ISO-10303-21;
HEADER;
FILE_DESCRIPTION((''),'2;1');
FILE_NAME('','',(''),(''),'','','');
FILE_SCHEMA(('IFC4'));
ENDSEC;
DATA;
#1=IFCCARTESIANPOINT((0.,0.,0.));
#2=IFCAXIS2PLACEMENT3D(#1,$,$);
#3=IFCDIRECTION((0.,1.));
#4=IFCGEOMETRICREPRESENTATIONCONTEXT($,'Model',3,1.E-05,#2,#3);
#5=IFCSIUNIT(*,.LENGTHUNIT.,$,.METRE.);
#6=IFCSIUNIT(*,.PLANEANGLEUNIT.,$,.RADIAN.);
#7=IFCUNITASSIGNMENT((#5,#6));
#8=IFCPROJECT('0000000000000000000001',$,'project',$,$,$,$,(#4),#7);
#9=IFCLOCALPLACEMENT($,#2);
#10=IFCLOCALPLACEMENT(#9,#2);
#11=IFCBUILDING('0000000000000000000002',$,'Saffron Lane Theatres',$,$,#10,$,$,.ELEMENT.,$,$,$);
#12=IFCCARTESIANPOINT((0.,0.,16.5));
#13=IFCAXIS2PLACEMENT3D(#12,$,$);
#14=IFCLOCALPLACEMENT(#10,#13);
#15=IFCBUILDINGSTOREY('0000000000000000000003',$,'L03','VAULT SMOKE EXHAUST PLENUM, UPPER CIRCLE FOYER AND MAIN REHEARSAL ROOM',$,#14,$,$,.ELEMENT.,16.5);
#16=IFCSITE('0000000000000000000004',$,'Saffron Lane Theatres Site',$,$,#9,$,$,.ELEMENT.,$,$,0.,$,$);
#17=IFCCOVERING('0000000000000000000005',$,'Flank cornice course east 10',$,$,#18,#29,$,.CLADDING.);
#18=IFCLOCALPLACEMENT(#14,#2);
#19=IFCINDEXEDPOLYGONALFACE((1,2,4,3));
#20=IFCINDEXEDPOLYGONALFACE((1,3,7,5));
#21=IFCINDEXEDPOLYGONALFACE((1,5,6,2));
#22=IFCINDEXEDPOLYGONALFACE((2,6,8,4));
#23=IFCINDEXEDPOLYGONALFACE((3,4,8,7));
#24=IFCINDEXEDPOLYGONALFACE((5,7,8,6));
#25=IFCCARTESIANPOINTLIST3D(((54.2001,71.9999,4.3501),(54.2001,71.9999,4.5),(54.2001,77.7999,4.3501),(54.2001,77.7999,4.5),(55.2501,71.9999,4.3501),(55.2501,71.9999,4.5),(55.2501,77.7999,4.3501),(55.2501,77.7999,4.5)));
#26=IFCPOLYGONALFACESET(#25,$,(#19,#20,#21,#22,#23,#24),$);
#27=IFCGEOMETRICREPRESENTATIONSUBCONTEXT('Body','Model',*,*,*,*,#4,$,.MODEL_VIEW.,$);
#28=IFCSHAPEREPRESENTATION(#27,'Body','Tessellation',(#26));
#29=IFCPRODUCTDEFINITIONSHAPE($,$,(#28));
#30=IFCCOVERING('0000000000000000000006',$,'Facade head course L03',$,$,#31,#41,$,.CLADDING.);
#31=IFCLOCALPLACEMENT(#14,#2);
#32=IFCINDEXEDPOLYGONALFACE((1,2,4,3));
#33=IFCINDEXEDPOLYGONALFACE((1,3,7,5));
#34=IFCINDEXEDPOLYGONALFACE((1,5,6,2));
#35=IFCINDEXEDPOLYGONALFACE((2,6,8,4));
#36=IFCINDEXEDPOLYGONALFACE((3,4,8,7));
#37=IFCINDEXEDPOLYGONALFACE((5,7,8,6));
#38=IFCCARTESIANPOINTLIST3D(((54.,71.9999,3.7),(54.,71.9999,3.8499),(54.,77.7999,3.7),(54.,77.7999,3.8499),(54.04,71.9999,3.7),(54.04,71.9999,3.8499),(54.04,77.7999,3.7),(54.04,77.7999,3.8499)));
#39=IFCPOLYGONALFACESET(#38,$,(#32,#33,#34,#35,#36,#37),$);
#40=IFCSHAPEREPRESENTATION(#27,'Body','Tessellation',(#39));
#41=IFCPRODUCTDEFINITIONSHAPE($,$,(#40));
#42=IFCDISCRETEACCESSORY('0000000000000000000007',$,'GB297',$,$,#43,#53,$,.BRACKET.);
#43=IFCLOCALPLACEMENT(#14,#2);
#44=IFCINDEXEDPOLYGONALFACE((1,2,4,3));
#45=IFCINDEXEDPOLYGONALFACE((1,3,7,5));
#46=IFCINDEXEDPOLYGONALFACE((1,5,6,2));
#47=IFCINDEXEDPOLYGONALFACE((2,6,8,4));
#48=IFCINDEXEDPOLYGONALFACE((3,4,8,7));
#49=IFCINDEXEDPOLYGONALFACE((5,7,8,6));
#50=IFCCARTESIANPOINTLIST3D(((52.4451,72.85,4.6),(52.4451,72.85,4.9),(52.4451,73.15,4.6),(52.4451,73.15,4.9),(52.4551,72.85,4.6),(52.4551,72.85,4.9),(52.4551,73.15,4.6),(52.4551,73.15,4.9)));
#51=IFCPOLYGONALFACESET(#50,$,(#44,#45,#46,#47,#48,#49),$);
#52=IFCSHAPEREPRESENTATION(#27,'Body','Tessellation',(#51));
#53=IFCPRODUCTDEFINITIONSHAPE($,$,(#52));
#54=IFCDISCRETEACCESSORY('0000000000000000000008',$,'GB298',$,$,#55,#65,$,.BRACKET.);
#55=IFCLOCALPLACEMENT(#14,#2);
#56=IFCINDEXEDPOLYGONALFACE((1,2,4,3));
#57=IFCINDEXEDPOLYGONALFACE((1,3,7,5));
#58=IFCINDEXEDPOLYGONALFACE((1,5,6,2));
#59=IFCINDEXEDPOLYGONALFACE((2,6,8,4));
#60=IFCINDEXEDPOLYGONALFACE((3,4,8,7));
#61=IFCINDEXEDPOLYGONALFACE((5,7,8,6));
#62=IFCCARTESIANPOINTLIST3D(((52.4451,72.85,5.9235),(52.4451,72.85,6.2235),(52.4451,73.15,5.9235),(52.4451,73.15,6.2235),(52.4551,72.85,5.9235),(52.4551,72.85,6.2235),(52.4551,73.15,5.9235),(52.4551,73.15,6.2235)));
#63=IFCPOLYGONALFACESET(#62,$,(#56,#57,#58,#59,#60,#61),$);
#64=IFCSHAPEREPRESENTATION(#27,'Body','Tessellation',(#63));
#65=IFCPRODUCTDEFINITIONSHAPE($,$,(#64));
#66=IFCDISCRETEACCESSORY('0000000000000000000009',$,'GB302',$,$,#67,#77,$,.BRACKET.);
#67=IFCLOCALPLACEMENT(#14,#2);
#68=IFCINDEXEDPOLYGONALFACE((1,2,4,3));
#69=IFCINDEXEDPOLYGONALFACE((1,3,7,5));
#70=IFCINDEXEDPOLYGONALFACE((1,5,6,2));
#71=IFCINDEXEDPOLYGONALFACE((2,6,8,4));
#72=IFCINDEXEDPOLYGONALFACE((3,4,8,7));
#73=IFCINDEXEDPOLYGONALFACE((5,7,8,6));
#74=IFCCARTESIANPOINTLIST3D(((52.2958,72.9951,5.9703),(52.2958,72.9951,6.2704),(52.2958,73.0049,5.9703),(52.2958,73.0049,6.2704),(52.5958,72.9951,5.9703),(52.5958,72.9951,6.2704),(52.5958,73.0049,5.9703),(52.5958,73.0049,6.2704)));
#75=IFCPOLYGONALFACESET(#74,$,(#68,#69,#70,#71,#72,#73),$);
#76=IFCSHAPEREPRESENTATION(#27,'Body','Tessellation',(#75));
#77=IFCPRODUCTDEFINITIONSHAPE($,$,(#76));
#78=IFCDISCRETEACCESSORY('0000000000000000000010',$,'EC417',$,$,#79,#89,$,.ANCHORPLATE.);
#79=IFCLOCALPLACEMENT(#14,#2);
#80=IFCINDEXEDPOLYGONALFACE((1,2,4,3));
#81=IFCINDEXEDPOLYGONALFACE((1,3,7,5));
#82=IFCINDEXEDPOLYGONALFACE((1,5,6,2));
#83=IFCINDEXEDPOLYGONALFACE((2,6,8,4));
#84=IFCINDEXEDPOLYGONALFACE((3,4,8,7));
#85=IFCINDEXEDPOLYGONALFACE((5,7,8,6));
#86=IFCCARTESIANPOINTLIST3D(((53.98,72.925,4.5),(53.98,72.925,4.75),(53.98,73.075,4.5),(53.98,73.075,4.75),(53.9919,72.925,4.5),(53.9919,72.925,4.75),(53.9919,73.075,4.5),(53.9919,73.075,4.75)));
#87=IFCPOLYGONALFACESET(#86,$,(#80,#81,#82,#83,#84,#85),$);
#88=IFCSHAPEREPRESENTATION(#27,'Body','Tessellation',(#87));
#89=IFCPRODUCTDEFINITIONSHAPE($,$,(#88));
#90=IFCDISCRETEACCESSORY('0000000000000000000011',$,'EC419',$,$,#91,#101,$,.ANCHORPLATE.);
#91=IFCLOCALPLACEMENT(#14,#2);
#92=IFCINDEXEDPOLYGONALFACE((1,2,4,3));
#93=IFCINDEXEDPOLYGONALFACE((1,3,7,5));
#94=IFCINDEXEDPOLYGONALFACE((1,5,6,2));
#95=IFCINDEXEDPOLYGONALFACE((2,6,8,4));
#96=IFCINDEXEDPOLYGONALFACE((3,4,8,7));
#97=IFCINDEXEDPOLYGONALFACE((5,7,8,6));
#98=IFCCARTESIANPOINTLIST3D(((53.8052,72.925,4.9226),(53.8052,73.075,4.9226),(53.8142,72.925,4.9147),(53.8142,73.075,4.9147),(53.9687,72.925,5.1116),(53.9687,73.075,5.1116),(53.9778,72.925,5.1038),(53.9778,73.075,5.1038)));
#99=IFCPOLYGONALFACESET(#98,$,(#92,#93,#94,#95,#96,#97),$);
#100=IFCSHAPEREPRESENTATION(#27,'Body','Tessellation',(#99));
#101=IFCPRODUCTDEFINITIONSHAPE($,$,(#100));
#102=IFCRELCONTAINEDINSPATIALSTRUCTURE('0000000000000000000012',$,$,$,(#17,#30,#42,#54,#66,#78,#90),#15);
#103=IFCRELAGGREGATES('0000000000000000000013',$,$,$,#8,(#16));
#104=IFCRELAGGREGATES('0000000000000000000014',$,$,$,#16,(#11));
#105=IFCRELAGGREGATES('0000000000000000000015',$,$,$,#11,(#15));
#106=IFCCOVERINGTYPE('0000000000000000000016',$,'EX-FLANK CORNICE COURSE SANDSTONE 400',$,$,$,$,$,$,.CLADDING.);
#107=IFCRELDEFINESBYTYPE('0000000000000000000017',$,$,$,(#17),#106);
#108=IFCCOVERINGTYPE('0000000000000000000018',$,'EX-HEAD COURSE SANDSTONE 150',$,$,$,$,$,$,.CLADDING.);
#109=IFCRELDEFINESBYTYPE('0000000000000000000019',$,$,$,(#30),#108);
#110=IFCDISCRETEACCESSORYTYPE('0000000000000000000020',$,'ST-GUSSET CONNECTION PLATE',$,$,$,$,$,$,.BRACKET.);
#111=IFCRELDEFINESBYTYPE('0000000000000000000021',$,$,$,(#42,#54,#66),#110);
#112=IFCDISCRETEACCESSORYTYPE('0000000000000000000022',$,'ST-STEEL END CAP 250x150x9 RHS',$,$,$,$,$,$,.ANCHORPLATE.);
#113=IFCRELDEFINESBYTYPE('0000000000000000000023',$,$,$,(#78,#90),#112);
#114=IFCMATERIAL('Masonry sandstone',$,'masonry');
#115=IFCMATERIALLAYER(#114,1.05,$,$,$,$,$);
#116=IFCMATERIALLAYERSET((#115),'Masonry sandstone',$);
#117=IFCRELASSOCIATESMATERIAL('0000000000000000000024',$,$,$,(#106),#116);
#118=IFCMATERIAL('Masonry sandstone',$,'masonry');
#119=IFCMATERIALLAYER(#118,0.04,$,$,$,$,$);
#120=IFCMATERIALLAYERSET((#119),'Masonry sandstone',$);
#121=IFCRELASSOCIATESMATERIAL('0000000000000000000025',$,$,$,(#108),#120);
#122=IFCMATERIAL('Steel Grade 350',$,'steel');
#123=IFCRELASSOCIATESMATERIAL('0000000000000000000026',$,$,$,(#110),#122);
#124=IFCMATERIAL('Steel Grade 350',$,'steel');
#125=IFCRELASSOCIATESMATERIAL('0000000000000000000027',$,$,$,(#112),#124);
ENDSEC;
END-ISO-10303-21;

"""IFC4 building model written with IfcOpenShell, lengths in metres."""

from ifc_helpers import new_model, si_unit, direction, frame, origin, origin_2d, place, context, subcontext, project, spatial, rectangle, extrude, material, layer, layer_set, material_profile, profile_set, type_object, element, save


model = new_model("IFC4")

# Units and contexts
model_context = context("Model", 3, precision=1e-05, world=origin(), true_north=direction((0.0, 1.0)))
body_context = subcontext(model_context, "Body", "Model", "MODEL_VIEW")
ifc_project = project(units=[si_unit("LENGTHUNIT", "METRE"), si_unit("PLANEANGLEUNIT", "RADIAN")], contexts=[model_context])

# Site, building, storey
site_placement = place(None, origin())
site = spatial("IfcSite", under=ifc_project, at=site_placement, Name="Saffron Lane Theatres Site", CompositionType="ELEMENT", RefElevation=0.0)
building_placement = place(site_placement, origin())
building = spatial("IfcBuilding", under=site, at=building_placement, Name="Saffron Lane Theatres", CompositionType="ELEMENT")
storey_placement = place(building_placement, frame((0.0, 0.0, 16.5)))
storey = spatial("IfcBuildingStorey", under=building, at=storey_placement, Name="L03", Description="VAULT SMOKE EXHAUST PLENUM, UPPER CIRCLE FOYER AND MAIN REHEARSAL ROOM", CompositionType="ELEMENT", Elevation=16.5)

# Coverings
ifc_material_1 = material(Name="Masonry sandstone", Category="masonry")
ifc_layer_1 = layer(ifc_material_1, 1.05)
ifc_layer_set_1 = layer_set([ifc_layer_1], Name="Masonry sandstone")
covering_type_1 = type_object("IfcCoveringType", Name="EX-FLANK CORNICE COURSE SANDSTONE 400", PredefinedType="CLADDING", material=ifc_layer_set_1)
covering_1_placement = place(storey_placement, frame((54.7251, 74.8999, 4.3501), z_axis=(0.0, 0.0, 1.0), x_axis=(0.0, 1.0, 0.0)))
element("IfcCovering", 1, at=covering_1_placement, inside=storey, type_object=covering_type_1, Name="Flank cornice course east 10", PredefinedType="CLADDING", context=body_context, shape_type="SweptSolid", body=[
    extrude(rectangle(XDim=5.8, YDim=1.05, at=origin_2d()), origin(), (0.0, 0.0, 1.0), 0.1499),
])
ifc_material_2 = material(Name="Masonry sandstone", Category="masonry")
ifc_layer_2 = layer(ifc_material_2, 0.04)
ifc_layer_set_2 = layer_set([ifc_layer_2], Name="Masonry sandstone")
covering_type_2 = type_object("IfcCoveringType", Name="EX-HEAD COURSE SANDSTONE 150", PredefinedType="CLADDING", material=ifc_layer_set_2)
covering_2_placement = place(storey_placement, frame((54.02, 74.8999, 3.7), z_axis=(0.0, 0.0, 1.0), x_axis=(0.0, -1.0, 0.0)))
element("IfcCovering", 2, at=covering_2_placement, inside=storey, type_object=covering_type_2, Name="Facade head course L03", PredefinedType="CLADDING", context=body_context, shape_type="SweptSolid", body=[
    extrude(rectangle(XDim=5.8, YDim=0.04, at=origin_2d()), origin(), (0.0, 0.0, 1.0), 0.1499),
])

# Discrete accessories
ifc_material_3 = material(Name="Steel Grade 350", Category="steel")
ifc_material_profile_1 = material_profile(ifc_material_3, rectangle(XDim=0.3, YDim=0.3, at=origin_2d()))
ifc_profile_set_1 = profile_set([ifc_material_profile_1], Name="Steel Grade 350")
discrete_accessory_type_1 = type_object("IfcDiscreteAccessoryType", Name="ST-GUSSET CONNECTION PLATE", PredefinedType="BRACKET", material=ifc_profile_set_1)
for number, where, z_axis, x_axis, name in (
    (3, (52.4451, 73.0, 4.75), (1.0, 0.0, 0.0), (0.0, 1.0, 0.0), "GB297"),
    (4, (52.4451, 73.0, 6.0735), (1.0, 0.0, 0.0), (0.0, 1.0, 0.0), "GB298"),
):
    element("IfcDiscreteAccessory", number, at=place(storey_placement, frame(where, z_axis=z_axis, x_axis=x_axis)), inside=storey, type_object=discrete_accessory_type_1, Name=name, PredefinedType="BRACKET", context=body_context, shape_type="SweptSolid", body=[
        extrude(rectangle(XDim=0.3, YDim=0.3, at=origin_2d()), origin(), (0.0, 0.0, 1.0), 0.01),
    ])
discrete_accessory_placement = place(storey_placement, frame((52.4458, 72.9951, 6.1204), z_axis=(0.0, 1.0, 0.0), x_axis=(-1.0, 0.0, 0.0)))
element("IfcDiscreteAccessory", 5, at=discrete_accessory_placement, inside=storey, type_object=discrete_accessory_type_1, Name="GB302", PredefinedType="BRACKET", context=body_context, shape_type="SweptSolid", body=[
    extrude(rectangle(XDim=0.3, YDim=0.3, at=origin_2d()), origin(), (0.0, 0.0, 1.0), 0.0098),
])
ifc_material_4 = material(Name="Steel Grade 350", Category="steel")
ifc_material_profile_2 = material_profile(ifc_material_4, rectangle(XDim=0.1499, YDim=0.25, at=origin_2d()))
ifc_profile_set_2 = profile_set([ifc_material_profile_2], Name="Steel Grade 350")
discrete_accessory_type_2 = type_object("IfcDiscreteAccessoryType", Name="ST-STEEL END CAP 250x150x9 RHS", PredefinedType="ANCHORPLATE", material=ifc_profile_set_2)
for number, where, z_axis, x_axis, name in (
    (6, (53.9919, 73.0, 4.625), (-1.0, 0.0, 0.0), (0.0, -1.0, 0.0), "EC417"),
    (7, (53.896, 73.0, 5.0093), (-0.756363, 0.0, 0.654152), (0.0, -1.0, 0.0), "EC419"),
):
    element("IfcDiscreteAccessory", number, at=place(storey_placement, frame(where, z_axis=z_axis, x_axis=x_axis)), inside=storey, type_object=discrete_accessory_type_2, Name=name, PredefinedType="ANCHORPLATE", context=body_context, shape_type="SweptSolid", body=[
        extrude(rectangle(XDim=0.1499, YDim=0.25, at=origin_2d()), origin(), (0.0, 0.0, 1.0), 0.012),
    ])

save(model, "model.ifc")
